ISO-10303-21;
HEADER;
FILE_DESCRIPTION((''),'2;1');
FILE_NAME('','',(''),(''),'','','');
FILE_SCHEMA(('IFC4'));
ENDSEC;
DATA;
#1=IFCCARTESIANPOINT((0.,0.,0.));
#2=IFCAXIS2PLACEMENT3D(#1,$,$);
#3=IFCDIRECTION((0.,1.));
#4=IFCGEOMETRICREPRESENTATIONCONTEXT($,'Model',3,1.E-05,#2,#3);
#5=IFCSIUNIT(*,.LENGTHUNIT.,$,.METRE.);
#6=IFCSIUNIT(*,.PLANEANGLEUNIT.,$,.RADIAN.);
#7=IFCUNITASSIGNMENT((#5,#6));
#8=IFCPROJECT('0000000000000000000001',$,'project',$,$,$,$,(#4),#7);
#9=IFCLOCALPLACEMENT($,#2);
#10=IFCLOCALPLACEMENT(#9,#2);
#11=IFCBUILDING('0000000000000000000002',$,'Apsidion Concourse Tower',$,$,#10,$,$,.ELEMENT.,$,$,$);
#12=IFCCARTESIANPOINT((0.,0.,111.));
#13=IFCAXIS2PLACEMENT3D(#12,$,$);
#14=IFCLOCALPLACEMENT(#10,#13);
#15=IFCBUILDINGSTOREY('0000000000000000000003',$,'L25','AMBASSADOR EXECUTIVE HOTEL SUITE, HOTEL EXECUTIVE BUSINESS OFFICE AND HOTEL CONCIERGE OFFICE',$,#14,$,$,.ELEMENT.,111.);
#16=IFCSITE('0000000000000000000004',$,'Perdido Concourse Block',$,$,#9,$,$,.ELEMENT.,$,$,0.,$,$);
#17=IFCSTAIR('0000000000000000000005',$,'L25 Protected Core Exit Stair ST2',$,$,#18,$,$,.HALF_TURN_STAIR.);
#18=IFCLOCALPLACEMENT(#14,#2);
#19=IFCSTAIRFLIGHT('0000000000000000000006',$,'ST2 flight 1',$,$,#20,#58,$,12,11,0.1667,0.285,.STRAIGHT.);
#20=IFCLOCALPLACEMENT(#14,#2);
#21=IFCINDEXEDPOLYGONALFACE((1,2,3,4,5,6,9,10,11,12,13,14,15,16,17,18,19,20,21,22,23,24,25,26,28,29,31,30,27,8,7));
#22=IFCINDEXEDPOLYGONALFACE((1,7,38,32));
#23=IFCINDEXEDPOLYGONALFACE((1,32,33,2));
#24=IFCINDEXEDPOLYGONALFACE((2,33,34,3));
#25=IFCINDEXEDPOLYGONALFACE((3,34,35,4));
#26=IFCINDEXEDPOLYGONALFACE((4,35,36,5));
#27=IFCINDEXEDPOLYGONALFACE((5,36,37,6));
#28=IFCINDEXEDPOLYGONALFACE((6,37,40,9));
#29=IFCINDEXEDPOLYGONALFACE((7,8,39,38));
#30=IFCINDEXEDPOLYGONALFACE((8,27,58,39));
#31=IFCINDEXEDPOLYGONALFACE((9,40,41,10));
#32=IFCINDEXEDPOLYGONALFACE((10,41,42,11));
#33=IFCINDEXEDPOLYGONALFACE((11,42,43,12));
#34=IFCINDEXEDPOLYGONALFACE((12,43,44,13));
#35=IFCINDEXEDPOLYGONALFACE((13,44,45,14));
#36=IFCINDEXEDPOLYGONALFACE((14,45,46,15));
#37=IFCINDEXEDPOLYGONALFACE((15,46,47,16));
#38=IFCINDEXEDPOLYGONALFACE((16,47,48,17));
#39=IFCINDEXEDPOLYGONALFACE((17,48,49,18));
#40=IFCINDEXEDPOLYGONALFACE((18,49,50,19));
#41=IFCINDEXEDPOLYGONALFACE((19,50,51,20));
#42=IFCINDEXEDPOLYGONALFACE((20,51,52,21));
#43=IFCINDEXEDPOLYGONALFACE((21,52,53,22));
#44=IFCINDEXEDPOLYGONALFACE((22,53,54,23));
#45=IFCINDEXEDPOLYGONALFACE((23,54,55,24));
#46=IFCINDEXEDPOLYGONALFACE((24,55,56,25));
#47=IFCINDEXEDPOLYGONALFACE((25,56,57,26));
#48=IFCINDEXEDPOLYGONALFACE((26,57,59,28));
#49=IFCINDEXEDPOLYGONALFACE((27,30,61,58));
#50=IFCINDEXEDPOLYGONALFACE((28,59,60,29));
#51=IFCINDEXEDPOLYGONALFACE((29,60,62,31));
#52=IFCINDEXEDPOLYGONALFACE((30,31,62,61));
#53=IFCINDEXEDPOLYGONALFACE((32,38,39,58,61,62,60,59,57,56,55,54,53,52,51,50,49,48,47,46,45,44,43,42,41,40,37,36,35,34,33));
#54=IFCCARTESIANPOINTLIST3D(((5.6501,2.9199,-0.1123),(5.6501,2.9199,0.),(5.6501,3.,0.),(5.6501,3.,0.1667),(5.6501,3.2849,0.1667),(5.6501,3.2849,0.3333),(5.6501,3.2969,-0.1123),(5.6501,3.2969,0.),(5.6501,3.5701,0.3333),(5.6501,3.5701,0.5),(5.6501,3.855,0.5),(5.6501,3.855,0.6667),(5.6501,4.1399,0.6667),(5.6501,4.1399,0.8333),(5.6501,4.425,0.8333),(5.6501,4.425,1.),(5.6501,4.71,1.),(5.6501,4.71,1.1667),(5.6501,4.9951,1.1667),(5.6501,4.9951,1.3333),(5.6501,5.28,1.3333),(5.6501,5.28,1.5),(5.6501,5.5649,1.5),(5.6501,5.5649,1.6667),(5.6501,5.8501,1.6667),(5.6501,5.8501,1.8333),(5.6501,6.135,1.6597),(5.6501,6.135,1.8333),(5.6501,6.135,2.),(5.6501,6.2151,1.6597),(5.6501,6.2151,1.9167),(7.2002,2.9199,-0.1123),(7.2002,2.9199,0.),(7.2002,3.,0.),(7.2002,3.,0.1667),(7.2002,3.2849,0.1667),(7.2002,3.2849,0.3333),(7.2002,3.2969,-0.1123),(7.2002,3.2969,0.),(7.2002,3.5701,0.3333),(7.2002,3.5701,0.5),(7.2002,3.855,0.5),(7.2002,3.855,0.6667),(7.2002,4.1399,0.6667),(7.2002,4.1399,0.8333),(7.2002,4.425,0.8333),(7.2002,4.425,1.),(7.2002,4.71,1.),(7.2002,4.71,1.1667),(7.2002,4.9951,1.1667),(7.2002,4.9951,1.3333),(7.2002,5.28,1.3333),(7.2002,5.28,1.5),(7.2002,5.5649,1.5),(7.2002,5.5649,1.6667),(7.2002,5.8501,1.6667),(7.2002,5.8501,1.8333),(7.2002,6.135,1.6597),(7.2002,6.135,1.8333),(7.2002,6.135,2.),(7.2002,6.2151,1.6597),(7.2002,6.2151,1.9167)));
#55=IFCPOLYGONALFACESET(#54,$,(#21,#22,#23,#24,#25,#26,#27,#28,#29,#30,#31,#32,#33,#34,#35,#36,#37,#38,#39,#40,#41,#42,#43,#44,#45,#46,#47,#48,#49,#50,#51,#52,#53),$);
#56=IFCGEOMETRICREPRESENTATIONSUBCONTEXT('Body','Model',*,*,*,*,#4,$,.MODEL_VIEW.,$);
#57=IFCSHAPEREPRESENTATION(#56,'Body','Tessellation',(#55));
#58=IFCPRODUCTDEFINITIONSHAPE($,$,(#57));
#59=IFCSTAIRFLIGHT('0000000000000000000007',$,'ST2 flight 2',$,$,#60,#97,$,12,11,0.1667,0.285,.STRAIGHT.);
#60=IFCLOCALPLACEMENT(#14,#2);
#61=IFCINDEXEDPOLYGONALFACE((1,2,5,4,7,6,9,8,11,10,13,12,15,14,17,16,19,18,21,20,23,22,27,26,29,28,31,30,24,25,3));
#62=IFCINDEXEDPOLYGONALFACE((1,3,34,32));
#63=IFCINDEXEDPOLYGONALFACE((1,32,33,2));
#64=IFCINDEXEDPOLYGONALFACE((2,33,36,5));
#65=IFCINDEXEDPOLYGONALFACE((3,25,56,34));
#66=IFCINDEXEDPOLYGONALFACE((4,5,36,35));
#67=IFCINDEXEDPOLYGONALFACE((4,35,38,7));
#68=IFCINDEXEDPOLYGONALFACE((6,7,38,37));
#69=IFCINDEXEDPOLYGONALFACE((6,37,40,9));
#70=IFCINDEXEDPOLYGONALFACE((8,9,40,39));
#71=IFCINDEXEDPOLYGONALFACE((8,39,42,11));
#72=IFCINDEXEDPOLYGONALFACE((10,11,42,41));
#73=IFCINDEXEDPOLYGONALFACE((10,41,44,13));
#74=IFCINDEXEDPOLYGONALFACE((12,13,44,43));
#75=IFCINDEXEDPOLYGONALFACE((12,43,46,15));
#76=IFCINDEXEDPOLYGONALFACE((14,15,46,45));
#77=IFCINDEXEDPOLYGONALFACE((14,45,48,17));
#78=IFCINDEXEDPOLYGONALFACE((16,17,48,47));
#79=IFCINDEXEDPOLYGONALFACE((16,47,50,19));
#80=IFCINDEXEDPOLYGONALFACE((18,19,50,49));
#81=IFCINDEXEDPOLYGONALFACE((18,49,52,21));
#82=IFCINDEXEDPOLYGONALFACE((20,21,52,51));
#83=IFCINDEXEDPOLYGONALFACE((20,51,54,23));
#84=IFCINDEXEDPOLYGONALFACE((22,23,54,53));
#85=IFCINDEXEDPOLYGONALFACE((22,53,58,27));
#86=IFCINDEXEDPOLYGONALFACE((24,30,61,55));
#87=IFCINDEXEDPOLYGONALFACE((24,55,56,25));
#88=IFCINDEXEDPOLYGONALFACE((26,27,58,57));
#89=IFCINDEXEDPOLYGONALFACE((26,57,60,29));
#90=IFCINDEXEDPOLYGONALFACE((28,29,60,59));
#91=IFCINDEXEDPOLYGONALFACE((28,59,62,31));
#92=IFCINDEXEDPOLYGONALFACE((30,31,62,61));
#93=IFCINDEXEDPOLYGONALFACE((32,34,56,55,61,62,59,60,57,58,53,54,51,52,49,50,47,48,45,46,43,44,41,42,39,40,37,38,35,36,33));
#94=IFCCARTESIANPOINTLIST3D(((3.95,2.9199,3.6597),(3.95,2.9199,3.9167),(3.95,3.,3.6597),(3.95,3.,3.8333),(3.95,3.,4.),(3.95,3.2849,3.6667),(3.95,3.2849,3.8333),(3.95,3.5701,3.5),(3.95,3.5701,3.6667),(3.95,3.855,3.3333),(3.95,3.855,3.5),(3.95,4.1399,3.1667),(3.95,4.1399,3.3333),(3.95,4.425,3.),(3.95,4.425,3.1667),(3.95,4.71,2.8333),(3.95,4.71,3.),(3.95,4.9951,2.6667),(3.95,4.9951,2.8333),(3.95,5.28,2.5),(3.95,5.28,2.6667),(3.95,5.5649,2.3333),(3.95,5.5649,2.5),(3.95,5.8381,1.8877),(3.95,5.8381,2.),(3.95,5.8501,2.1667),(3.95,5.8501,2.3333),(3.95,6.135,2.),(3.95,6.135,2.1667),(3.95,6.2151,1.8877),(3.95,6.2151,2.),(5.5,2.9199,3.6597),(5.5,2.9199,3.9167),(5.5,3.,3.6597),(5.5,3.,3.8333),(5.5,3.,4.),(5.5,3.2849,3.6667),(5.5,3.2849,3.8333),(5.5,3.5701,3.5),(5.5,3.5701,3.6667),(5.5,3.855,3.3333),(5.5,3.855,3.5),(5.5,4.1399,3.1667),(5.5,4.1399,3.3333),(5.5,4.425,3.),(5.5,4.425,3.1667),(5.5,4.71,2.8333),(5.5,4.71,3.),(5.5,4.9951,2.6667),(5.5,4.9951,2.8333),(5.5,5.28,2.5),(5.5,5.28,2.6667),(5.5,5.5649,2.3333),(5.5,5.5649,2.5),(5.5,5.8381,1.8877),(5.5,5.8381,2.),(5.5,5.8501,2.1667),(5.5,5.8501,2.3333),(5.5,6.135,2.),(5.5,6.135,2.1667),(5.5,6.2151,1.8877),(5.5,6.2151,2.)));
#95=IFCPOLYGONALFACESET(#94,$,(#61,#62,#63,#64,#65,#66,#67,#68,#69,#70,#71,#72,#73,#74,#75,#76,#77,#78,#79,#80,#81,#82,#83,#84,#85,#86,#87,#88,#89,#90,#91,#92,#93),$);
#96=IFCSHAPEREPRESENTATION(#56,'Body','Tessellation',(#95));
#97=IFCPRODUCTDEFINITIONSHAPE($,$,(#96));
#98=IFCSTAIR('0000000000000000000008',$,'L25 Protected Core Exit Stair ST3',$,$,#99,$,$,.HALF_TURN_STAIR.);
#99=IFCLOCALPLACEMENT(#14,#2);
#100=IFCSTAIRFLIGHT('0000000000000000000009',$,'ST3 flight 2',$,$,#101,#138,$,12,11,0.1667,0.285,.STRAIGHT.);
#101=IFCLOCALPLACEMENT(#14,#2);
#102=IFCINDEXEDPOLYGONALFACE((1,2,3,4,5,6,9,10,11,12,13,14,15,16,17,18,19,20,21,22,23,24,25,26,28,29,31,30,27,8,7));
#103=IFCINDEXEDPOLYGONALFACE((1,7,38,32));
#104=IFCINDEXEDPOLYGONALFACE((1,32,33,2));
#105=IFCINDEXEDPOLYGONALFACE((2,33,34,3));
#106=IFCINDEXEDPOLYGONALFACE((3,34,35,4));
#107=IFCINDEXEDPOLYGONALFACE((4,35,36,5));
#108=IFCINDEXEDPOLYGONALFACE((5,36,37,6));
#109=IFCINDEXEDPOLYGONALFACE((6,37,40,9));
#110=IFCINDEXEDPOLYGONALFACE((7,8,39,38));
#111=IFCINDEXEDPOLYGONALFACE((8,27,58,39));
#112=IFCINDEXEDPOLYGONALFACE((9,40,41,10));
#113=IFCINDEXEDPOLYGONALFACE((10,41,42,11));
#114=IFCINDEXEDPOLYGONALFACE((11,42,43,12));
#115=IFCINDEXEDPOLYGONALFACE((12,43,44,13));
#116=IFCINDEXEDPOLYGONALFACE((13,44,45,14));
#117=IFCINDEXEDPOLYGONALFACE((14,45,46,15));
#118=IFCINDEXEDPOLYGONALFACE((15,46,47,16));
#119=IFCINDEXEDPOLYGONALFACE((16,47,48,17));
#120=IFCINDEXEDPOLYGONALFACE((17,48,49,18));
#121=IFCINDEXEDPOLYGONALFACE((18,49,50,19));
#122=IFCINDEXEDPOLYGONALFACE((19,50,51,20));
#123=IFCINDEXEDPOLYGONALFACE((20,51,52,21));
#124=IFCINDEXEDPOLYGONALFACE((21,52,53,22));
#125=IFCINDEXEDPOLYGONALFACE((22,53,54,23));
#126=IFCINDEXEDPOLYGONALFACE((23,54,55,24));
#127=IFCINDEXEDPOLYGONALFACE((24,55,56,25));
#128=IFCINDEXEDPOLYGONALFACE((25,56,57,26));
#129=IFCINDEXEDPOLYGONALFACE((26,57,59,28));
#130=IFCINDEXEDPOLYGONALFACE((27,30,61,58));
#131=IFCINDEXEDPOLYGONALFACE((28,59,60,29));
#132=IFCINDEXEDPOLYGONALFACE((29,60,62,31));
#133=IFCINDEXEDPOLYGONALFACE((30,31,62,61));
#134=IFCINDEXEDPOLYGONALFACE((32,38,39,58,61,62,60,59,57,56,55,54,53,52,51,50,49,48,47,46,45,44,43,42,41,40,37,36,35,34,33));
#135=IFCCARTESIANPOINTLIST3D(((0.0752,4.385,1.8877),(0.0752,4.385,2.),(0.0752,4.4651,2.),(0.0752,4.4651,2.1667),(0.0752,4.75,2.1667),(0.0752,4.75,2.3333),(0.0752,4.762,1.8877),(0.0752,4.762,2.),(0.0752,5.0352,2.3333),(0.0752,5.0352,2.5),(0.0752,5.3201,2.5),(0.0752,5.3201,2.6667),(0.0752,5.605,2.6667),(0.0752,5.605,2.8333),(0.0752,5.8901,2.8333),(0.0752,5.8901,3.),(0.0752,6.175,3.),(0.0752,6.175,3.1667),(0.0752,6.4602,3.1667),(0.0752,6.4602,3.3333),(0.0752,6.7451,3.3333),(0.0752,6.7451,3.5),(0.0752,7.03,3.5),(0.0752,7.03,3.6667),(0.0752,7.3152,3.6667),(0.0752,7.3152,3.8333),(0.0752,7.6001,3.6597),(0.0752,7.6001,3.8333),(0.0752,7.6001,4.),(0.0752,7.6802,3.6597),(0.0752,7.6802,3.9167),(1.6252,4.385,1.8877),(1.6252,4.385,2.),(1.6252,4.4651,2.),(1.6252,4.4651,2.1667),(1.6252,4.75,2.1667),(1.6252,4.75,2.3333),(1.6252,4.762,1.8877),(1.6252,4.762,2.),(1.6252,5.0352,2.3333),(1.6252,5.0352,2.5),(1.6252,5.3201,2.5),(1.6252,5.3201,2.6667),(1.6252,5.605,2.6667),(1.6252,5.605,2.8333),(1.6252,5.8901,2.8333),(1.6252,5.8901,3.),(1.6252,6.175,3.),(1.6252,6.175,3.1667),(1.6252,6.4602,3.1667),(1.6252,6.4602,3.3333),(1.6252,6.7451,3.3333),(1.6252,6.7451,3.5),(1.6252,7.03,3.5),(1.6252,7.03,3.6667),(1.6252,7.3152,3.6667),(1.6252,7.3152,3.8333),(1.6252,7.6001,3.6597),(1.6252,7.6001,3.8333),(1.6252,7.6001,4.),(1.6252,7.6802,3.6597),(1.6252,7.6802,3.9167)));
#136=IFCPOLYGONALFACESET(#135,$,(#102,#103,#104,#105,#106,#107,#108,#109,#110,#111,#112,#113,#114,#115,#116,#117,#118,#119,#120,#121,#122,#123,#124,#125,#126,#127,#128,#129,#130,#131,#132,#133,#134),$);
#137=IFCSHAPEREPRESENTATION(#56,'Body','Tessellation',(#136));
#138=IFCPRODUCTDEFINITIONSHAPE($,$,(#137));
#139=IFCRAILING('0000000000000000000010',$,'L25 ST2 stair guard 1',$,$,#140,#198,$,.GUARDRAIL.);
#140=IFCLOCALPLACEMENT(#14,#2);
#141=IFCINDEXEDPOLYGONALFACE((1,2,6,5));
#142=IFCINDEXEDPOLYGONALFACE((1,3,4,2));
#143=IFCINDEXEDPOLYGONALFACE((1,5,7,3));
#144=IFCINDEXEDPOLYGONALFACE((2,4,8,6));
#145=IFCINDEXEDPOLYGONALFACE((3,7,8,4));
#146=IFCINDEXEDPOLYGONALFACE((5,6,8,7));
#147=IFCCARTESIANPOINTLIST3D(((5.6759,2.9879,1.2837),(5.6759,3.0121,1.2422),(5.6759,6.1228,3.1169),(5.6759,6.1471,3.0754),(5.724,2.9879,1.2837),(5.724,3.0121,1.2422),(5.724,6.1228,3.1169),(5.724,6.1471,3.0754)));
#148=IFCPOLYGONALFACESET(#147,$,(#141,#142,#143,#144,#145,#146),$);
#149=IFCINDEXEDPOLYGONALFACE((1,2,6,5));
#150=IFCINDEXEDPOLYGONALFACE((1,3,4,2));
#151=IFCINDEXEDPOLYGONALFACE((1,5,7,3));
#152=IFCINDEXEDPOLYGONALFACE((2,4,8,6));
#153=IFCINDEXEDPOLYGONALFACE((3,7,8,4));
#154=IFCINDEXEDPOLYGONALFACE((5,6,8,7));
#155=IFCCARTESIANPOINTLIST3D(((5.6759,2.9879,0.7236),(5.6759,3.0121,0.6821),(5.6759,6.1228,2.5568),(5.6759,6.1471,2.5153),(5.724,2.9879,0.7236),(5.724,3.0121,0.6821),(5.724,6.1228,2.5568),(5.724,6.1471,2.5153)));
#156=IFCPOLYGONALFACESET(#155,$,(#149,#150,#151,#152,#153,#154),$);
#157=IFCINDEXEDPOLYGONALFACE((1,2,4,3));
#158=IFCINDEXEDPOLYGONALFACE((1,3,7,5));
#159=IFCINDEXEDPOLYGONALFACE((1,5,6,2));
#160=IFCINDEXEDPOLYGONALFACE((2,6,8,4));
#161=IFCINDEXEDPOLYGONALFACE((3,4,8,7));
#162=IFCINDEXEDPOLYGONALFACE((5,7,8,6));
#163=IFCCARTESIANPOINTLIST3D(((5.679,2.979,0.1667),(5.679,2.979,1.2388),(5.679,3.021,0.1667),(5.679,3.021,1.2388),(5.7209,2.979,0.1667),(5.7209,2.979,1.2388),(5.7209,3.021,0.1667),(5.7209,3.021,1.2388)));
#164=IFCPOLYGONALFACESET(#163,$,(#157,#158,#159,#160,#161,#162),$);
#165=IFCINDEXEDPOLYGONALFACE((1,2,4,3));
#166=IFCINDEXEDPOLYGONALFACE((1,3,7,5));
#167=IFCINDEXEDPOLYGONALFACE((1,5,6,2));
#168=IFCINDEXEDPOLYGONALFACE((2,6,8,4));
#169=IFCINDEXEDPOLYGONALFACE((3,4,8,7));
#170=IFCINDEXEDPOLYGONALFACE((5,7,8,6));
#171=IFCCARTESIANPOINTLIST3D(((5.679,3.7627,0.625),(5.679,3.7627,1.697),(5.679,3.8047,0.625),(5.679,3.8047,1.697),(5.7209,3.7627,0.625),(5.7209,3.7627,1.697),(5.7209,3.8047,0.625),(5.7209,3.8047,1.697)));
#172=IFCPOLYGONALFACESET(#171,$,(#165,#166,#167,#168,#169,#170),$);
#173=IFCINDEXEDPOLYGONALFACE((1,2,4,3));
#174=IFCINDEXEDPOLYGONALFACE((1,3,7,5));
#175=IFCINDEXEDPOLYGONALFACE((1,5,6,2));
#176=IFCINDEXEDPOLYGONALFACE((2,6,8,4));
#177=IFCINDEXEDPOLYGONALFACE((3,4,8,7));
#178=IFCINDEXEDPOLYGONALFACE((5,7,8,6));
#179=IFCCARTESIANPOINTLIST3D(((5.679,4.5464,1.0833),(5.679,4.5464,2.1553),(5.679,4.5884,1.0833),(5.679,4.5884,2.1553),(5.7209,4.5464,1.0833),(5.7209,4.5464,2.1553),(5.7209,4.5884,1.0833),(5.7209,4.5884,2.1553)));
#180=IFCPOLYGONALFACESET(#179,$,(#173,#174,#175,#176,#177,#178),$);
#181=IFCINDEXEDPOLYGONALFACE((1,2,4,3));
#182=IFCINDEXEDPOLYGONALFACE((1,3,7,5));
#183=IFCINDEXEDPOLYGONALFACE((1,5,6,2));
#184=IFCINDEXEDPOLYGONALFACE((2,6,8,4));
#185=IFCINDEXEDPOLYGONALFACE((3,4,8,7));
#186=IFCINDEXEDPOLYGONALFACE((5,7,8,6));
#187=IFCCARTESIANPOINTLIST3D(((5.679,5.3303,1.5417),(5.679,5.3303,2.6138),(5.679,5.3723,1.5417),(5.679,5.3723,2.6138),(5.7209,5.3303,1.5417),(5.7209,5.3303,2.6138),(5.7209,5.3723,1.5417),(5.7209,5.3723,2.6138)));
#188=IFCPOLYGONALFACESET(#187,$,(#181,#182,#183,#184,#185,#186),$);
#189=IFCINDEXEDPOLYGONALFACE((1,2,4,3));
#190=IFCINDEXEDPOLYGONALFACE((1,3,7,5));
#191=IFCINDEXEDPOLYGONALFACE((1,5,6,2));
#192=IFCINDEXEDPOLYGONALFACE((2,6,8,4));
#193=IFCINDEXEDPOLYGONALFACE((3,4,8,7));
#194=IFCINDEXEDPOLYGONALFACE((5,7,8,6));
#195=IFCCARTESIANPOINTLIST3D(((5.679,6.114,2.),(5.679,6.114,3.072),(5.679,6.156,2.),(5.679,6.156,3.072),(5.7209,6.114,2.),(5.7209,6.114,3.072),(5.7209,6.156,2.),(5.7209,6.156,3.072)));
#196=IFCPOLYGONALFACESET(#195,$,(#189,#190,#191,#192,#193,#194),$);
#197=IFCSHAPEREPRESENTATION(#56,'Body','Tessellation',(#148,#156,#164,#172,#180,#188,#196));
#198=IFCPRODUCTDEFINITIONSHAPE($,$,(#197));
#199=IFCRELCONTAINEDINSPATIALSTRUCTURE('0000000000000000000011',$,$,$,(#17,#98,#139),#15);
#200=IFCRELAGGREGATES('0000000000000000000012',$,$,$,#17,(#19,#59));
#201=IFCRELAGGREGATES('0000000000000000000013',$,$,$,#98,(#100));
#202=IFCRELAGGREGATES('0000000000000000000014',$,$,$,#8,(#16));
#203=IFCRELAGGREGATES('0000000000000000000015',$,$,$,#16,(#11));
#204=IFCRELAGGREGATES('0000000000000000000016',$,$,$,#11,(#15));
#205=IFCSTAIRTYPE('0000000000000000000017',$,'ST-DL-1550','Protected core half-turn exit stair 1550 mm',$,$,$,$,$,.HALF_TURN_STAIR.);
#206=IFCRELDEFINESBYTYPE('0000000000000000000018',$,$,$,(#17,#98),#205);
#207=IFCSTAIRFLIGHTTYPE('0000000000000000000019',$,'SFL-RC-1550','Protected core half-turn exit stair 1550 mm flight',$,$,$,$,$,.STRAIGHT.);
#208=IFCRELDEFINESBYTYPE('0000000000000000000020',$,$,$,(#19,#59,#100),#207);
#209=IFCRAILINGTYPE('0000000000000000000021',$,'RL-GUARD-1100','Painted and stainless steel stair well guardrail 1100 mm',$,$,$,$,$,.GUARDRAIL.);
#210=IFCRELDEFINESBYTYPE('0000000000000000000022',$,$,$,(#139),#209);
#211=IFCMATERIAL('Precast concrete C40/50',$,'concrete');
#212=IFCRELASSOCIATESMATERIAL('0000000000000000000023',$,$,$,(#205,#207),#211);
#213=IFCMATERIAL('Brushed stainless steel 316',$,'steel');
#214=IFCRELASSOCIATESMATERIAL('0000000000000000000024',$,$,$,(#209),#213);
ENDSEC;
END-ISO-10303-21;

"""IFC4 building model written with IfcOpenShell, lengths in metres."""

from ifc_helpers import new_model, si_unit, direction, frame, origin, origin_2d, place, context, subcontext, project, spatial, polyline, rectangle, outline, extrude, material, type_object, element, aggregate, save


model = new_model("IFC4")

# Units and contexts
model_context = context("Model", 3, precision=1e-05, world=origin(), true_north=direction((0.0, 1.0)))
body_context = subcontext(model_context, "Body", "Model", "MODEL_VIEW")
ifc_project = project(units=[si_unit("LENGTHUNIT", "METRE"), si_unit("PLANEANGLEUNIT", "RADIAN")], contexts=[model_context])

# Site, building, storey
site_placement = place(None, origin())
site = spatial("IfcSite", under=ifc_project, at=site_placement, Name="Perdido Concourse Block", CompositionType="ELEMENT", RefElevation=0.0)
building_placement = place(site_placement, origin())
building = spatial("IfcBuilding", under=site, at=building_placement, Name="Apsidion Concourse Tower", CompositionType="ELEMENT")
storey_placement = place(building_placement, frame((0.0, 0.0, 111.0)))
storey = spatial("IfcBuildingStorey", under=building, at=storey_placement, Name="L25", Description="AMBASSADOR EXECUTIVE HOTEL SUITE, HOTEL EXECUTIVE BUSINESS OFFICE AND HOTEL CONCIERGE OFFICE", CompositionType="ELEMENT", Elevation=111.0)

# Stair, stair flights
ifc_material_1 = material(Name="Precast concrete C40/50", Category="concrete")
stair_type = type_object("IfcStairType", Name="ST-DL-1550", Description="Protected core half-turn exit stair 1550 mm", PredefinedType="HALF_TURN_STAIR", material=ifc_material_1)
stair_1_placement = place(storey_placement, origin())
stair_1 = element("IfcStair", 1, at=stair_1_placement, inside=storey, type_object=stair_type, Name="L25 Protected Core Exit Stair ST2", PredefinedType="HALF_TURN_STAIR")
stair_flight_type = type_object("IfcStairFlightType", Name="SFL-RC-1550", Description="Protected core half-turn exit stair 1550 mm flight", PredefinedType="STRAIGHT", material=ifc_material_1)
stair_flight_1_placement = place(storey_placement, frame((6.425, 3.0, 0.0), z_axis=(0.0, 0.0, 1.0), x_axis=(0.0, 1.0, 0.0)))
stair_flight_1 = element("IfcStairFlight", 2, at=stair_flight_1_placement, type_object=stair_flight_type, Name="ST2 flight 1", NumberOfRisers=12, NumberOfTreads=11, PredefinedType="STRAIGHT", RiserHeight=0.1667, TreadLength=0.285, context=body_context, shape_type="SweptSolid", body=[
    extrude(outline(polyline([(-0.0801, -0.1123), (-0.0801, 0.0), (0.0, 0.0), (0.0, 0.1667), (0.2849, 0.1667), (0.2849, 0.3333), (0.5701, 0.3333), (0.5701, 0.5), (0.855, 0.5), (0.855, 0.6667), (1.1399, 0.6667), (1.1399, 0.8333), (1.425, 0.8333), (1.425, 1.0), (1.71, 1.0), (1.71, 1.1667), (1.9951, 1.1667), (1.9951, 1.3333), (2.28, 1.3333), (2.28, 1.5), (2.5649, 1.5), (2.5649, 1.6667), (2.8501, 1.6667), (2.8501, 1.8333), (3.135, 1.8333), (3.135, 2.0), (3.2151, 1.9167), (3.2151, 1.6597), (3.135, 1.6597), (0.2969, 0.0), (0.2969, -0.1123), (-0.0801, -0.1123)])), frame((0.0, 0.7749, 0.0), z_axis=(0.0, -1.0, 0.0), x_axis=(1.0, 0.0, 0.0)), (0.0, 0.0, 1.0), 1.55),
])
stair_flight_2_placement = place(storey_placement, frame((4.7251, 6.135, 2.0), z_axis=(0.0, 0.0, 1.0), x_axis=(0.0, -1.0, 0.0)))
stair_flight_2 = element("IfcStairFlight", 3, at=stair_flight_2_placement, type_object=stair_flight_type, Name="ST2 flight 2", NumberOfRisers=12, NumberOfTreads=11, PredefinedType="STRAIGHT", RiserHeight=0.1667, TreadLength=0.285, context=body_context, shape_type="SweptSolid", body=[
    extrude(outline(polyline([(-0.0801, -0.1123), (-0.0801, 0.0), (0.0, 0.0), (0.0, 0.1667), (0.2849, 0.1667), (0.2849, 0.3333), (0.5701, 0.3333), (0.5701, 0.5), (0.855, 0.5), (0.855, 0.6667), (1.1399, 0.6667), (1.1399, 0.8333), (1.425, 0.8333), (1.425, 1.0), (1.71, 1.0), (1.71, 1.1667), (1.9951, 1.1667), (1.9951, 1.3333), (2.28, 1.3333), (2.28, 1.5), (2.5649, 1.5), (2.5649, 1.6667), (2.8501, 1.6667), (2.8501, 1.8333), (3.135, 1.8333), (3.135, 2.0), (3.2151, 1.9167), (3.2151, 1.6597), (3.135, 1.6597), (0.2969, 0.0), (0.2969, -0.1123), (-0.0801, -0.1123)])), frame((0.0, 0.7749, 0.0), z_axis=(0.0, -1.0, 0.0), x_axis=(1.0, 0.0, 0.0)), (0.0, 0.0, 1.0), 1.55),
])
aggregate(stair_1, [stair_flight_1, stair_flight_2])

# Stair, stair flight
stair_2_placement = place(storey_placement, origin())
stair_2 = element("IfcStair", 4, at=stair_2_placement, inside=storey, type_object=stair_type, Name="L25 Protected Core Exit Stair ST3", PredefinedType="HALF_TURN_STAIR")
stair_flight_3_placement = place(storey_placement, frame((0.8501, 4.4651, 2.0), z_axis=(0.0, 0.0, 1.0), x_axis=(0.0, 1.0, 0.0)))
stair_flight_3 = element("IfcStairFlight", 5, at=stair_flight_3_placement, type_object=stair_flight_type, Name="ST3 flight 2", NumberOfRisers=12, NumberOfTreads=11, PredefinedType="STRAIGHT", RiserHeight=0.1667, TreadLength=0.285, context=body_context, shape_type="SweptSolid", body=[
    extrude(outline(polyline([(-0.0801, -0.1123), (-0.0801, 0.0), (0.0, 0.0), (0.0, 0.1667), (0.2849, 0.1667), (0.2849, 0.3333), (0.5701, 0.3333), (0.5701, 0.5), (0.855, 0.5), (0.855, 0.6667), (1.1399, 0.6667), (1.1399, 0.8333), (1.425, 0.8333), (1.425, 1.0), (1.71, 1.0), (1.71, 1.1667), (1.9951, 1.1667), (1.9951, 1.3333), (2.28, 1.3333), (2.28, 1.5), (2.5649, 1.5), (2.5649, 1.6667), (2.8501, 1.6667), (2.8501, 1.8333), (3.135, 1.8333), (3.135, 2.0), (3.2151, 1.9167), (3.2151, 1.6597), (3.135, 1.6597), (0.2969, 0.0), (0.2969, -0.1123), (-0.0801, -0.1123)])), frame((0.0, 0.7749, 0.0), z_axis=(0.0, -1.0, 0.0), x_axis=(1.0, 0.0, 0.0)), (0.0, 0.0, 1.0), 1.55),
])
aggregate(stair_2, [stair_flight_3])

# Railing
ifc_material_2 = material(Name="Brushed stainless steel 316", Category="steel")
railing_type_1 = type_object("IfcRailingType", Name="RL-GUARD-1100", Description="Painted and stainless steel stair well guardrail 1100 mm", PredefinedType="GUARDRAIL", material=ifc_material_2)
railing_1_placement = place(storey_placement, frame((5.7, 3.0, 0.1667)))
element("IfcRailing", 6, at=railing_1_placement, inside=storey, type_object=railing_type_1, Name="L25 ST2 stair guard 1", PredefinedType="GUARDRAIL", context=body_context, shape_type="SweptSolid", body=[
    extrude(rectangle(XDim=0.0481, YDim=0.0481, at=origin_2d()), frame((0.0, 0.0, 1.0962), z_axis=(0.0, 0.86324, 0.504794), x_axis=(-1.0, 0.0, 0.0)), (0.0, 0.0, 1.0), 3.6316),
    extrude(rectangle(XDim=0.0481, YDim=0.0481, at=origin_2d()), frame((0.0, 0.0, 0.5361), z_axis=(0.0, 0.86324, 0.504794), x_axis=(-1.0, 0.0, 0.0)), (0.0, 0.0, 1.0), 3.6316),
    extrude(rectangle(XDim=0.042, YDim=0.042, at=origin_2d()), origin(), (0.0, 0.0, 1.0), 1.072),
    extrude(rectangle(XDim=0.042, YDim=0.042, at=origin_2d()), frame((0.0, 0.7837, 0.4583)), (0.0, 0.0, 1.0), 1.072),
    extrude(rectangle(XDim=0.042, YDim=0.042, at=origin_2d()), frame((0.0, 1.5674, 0.9165)), (0.0, 0.0, 1.0), 1.072),
    extrude(rectangle(XDim=0.042, YDim=0.042, at=origin_2d()), frame((0.0, 2.3513, 1.375)), (0.0, 0.0, 1.0), 1.072),
    extrude(rectangle(XDim=0.042, YDim=0.042, at=origin_2d()), frame((0.0, 3.135, 1.8333)), (0.0, 0.0, 1.0), 1.072),
])

save(model, "model.ifc")
